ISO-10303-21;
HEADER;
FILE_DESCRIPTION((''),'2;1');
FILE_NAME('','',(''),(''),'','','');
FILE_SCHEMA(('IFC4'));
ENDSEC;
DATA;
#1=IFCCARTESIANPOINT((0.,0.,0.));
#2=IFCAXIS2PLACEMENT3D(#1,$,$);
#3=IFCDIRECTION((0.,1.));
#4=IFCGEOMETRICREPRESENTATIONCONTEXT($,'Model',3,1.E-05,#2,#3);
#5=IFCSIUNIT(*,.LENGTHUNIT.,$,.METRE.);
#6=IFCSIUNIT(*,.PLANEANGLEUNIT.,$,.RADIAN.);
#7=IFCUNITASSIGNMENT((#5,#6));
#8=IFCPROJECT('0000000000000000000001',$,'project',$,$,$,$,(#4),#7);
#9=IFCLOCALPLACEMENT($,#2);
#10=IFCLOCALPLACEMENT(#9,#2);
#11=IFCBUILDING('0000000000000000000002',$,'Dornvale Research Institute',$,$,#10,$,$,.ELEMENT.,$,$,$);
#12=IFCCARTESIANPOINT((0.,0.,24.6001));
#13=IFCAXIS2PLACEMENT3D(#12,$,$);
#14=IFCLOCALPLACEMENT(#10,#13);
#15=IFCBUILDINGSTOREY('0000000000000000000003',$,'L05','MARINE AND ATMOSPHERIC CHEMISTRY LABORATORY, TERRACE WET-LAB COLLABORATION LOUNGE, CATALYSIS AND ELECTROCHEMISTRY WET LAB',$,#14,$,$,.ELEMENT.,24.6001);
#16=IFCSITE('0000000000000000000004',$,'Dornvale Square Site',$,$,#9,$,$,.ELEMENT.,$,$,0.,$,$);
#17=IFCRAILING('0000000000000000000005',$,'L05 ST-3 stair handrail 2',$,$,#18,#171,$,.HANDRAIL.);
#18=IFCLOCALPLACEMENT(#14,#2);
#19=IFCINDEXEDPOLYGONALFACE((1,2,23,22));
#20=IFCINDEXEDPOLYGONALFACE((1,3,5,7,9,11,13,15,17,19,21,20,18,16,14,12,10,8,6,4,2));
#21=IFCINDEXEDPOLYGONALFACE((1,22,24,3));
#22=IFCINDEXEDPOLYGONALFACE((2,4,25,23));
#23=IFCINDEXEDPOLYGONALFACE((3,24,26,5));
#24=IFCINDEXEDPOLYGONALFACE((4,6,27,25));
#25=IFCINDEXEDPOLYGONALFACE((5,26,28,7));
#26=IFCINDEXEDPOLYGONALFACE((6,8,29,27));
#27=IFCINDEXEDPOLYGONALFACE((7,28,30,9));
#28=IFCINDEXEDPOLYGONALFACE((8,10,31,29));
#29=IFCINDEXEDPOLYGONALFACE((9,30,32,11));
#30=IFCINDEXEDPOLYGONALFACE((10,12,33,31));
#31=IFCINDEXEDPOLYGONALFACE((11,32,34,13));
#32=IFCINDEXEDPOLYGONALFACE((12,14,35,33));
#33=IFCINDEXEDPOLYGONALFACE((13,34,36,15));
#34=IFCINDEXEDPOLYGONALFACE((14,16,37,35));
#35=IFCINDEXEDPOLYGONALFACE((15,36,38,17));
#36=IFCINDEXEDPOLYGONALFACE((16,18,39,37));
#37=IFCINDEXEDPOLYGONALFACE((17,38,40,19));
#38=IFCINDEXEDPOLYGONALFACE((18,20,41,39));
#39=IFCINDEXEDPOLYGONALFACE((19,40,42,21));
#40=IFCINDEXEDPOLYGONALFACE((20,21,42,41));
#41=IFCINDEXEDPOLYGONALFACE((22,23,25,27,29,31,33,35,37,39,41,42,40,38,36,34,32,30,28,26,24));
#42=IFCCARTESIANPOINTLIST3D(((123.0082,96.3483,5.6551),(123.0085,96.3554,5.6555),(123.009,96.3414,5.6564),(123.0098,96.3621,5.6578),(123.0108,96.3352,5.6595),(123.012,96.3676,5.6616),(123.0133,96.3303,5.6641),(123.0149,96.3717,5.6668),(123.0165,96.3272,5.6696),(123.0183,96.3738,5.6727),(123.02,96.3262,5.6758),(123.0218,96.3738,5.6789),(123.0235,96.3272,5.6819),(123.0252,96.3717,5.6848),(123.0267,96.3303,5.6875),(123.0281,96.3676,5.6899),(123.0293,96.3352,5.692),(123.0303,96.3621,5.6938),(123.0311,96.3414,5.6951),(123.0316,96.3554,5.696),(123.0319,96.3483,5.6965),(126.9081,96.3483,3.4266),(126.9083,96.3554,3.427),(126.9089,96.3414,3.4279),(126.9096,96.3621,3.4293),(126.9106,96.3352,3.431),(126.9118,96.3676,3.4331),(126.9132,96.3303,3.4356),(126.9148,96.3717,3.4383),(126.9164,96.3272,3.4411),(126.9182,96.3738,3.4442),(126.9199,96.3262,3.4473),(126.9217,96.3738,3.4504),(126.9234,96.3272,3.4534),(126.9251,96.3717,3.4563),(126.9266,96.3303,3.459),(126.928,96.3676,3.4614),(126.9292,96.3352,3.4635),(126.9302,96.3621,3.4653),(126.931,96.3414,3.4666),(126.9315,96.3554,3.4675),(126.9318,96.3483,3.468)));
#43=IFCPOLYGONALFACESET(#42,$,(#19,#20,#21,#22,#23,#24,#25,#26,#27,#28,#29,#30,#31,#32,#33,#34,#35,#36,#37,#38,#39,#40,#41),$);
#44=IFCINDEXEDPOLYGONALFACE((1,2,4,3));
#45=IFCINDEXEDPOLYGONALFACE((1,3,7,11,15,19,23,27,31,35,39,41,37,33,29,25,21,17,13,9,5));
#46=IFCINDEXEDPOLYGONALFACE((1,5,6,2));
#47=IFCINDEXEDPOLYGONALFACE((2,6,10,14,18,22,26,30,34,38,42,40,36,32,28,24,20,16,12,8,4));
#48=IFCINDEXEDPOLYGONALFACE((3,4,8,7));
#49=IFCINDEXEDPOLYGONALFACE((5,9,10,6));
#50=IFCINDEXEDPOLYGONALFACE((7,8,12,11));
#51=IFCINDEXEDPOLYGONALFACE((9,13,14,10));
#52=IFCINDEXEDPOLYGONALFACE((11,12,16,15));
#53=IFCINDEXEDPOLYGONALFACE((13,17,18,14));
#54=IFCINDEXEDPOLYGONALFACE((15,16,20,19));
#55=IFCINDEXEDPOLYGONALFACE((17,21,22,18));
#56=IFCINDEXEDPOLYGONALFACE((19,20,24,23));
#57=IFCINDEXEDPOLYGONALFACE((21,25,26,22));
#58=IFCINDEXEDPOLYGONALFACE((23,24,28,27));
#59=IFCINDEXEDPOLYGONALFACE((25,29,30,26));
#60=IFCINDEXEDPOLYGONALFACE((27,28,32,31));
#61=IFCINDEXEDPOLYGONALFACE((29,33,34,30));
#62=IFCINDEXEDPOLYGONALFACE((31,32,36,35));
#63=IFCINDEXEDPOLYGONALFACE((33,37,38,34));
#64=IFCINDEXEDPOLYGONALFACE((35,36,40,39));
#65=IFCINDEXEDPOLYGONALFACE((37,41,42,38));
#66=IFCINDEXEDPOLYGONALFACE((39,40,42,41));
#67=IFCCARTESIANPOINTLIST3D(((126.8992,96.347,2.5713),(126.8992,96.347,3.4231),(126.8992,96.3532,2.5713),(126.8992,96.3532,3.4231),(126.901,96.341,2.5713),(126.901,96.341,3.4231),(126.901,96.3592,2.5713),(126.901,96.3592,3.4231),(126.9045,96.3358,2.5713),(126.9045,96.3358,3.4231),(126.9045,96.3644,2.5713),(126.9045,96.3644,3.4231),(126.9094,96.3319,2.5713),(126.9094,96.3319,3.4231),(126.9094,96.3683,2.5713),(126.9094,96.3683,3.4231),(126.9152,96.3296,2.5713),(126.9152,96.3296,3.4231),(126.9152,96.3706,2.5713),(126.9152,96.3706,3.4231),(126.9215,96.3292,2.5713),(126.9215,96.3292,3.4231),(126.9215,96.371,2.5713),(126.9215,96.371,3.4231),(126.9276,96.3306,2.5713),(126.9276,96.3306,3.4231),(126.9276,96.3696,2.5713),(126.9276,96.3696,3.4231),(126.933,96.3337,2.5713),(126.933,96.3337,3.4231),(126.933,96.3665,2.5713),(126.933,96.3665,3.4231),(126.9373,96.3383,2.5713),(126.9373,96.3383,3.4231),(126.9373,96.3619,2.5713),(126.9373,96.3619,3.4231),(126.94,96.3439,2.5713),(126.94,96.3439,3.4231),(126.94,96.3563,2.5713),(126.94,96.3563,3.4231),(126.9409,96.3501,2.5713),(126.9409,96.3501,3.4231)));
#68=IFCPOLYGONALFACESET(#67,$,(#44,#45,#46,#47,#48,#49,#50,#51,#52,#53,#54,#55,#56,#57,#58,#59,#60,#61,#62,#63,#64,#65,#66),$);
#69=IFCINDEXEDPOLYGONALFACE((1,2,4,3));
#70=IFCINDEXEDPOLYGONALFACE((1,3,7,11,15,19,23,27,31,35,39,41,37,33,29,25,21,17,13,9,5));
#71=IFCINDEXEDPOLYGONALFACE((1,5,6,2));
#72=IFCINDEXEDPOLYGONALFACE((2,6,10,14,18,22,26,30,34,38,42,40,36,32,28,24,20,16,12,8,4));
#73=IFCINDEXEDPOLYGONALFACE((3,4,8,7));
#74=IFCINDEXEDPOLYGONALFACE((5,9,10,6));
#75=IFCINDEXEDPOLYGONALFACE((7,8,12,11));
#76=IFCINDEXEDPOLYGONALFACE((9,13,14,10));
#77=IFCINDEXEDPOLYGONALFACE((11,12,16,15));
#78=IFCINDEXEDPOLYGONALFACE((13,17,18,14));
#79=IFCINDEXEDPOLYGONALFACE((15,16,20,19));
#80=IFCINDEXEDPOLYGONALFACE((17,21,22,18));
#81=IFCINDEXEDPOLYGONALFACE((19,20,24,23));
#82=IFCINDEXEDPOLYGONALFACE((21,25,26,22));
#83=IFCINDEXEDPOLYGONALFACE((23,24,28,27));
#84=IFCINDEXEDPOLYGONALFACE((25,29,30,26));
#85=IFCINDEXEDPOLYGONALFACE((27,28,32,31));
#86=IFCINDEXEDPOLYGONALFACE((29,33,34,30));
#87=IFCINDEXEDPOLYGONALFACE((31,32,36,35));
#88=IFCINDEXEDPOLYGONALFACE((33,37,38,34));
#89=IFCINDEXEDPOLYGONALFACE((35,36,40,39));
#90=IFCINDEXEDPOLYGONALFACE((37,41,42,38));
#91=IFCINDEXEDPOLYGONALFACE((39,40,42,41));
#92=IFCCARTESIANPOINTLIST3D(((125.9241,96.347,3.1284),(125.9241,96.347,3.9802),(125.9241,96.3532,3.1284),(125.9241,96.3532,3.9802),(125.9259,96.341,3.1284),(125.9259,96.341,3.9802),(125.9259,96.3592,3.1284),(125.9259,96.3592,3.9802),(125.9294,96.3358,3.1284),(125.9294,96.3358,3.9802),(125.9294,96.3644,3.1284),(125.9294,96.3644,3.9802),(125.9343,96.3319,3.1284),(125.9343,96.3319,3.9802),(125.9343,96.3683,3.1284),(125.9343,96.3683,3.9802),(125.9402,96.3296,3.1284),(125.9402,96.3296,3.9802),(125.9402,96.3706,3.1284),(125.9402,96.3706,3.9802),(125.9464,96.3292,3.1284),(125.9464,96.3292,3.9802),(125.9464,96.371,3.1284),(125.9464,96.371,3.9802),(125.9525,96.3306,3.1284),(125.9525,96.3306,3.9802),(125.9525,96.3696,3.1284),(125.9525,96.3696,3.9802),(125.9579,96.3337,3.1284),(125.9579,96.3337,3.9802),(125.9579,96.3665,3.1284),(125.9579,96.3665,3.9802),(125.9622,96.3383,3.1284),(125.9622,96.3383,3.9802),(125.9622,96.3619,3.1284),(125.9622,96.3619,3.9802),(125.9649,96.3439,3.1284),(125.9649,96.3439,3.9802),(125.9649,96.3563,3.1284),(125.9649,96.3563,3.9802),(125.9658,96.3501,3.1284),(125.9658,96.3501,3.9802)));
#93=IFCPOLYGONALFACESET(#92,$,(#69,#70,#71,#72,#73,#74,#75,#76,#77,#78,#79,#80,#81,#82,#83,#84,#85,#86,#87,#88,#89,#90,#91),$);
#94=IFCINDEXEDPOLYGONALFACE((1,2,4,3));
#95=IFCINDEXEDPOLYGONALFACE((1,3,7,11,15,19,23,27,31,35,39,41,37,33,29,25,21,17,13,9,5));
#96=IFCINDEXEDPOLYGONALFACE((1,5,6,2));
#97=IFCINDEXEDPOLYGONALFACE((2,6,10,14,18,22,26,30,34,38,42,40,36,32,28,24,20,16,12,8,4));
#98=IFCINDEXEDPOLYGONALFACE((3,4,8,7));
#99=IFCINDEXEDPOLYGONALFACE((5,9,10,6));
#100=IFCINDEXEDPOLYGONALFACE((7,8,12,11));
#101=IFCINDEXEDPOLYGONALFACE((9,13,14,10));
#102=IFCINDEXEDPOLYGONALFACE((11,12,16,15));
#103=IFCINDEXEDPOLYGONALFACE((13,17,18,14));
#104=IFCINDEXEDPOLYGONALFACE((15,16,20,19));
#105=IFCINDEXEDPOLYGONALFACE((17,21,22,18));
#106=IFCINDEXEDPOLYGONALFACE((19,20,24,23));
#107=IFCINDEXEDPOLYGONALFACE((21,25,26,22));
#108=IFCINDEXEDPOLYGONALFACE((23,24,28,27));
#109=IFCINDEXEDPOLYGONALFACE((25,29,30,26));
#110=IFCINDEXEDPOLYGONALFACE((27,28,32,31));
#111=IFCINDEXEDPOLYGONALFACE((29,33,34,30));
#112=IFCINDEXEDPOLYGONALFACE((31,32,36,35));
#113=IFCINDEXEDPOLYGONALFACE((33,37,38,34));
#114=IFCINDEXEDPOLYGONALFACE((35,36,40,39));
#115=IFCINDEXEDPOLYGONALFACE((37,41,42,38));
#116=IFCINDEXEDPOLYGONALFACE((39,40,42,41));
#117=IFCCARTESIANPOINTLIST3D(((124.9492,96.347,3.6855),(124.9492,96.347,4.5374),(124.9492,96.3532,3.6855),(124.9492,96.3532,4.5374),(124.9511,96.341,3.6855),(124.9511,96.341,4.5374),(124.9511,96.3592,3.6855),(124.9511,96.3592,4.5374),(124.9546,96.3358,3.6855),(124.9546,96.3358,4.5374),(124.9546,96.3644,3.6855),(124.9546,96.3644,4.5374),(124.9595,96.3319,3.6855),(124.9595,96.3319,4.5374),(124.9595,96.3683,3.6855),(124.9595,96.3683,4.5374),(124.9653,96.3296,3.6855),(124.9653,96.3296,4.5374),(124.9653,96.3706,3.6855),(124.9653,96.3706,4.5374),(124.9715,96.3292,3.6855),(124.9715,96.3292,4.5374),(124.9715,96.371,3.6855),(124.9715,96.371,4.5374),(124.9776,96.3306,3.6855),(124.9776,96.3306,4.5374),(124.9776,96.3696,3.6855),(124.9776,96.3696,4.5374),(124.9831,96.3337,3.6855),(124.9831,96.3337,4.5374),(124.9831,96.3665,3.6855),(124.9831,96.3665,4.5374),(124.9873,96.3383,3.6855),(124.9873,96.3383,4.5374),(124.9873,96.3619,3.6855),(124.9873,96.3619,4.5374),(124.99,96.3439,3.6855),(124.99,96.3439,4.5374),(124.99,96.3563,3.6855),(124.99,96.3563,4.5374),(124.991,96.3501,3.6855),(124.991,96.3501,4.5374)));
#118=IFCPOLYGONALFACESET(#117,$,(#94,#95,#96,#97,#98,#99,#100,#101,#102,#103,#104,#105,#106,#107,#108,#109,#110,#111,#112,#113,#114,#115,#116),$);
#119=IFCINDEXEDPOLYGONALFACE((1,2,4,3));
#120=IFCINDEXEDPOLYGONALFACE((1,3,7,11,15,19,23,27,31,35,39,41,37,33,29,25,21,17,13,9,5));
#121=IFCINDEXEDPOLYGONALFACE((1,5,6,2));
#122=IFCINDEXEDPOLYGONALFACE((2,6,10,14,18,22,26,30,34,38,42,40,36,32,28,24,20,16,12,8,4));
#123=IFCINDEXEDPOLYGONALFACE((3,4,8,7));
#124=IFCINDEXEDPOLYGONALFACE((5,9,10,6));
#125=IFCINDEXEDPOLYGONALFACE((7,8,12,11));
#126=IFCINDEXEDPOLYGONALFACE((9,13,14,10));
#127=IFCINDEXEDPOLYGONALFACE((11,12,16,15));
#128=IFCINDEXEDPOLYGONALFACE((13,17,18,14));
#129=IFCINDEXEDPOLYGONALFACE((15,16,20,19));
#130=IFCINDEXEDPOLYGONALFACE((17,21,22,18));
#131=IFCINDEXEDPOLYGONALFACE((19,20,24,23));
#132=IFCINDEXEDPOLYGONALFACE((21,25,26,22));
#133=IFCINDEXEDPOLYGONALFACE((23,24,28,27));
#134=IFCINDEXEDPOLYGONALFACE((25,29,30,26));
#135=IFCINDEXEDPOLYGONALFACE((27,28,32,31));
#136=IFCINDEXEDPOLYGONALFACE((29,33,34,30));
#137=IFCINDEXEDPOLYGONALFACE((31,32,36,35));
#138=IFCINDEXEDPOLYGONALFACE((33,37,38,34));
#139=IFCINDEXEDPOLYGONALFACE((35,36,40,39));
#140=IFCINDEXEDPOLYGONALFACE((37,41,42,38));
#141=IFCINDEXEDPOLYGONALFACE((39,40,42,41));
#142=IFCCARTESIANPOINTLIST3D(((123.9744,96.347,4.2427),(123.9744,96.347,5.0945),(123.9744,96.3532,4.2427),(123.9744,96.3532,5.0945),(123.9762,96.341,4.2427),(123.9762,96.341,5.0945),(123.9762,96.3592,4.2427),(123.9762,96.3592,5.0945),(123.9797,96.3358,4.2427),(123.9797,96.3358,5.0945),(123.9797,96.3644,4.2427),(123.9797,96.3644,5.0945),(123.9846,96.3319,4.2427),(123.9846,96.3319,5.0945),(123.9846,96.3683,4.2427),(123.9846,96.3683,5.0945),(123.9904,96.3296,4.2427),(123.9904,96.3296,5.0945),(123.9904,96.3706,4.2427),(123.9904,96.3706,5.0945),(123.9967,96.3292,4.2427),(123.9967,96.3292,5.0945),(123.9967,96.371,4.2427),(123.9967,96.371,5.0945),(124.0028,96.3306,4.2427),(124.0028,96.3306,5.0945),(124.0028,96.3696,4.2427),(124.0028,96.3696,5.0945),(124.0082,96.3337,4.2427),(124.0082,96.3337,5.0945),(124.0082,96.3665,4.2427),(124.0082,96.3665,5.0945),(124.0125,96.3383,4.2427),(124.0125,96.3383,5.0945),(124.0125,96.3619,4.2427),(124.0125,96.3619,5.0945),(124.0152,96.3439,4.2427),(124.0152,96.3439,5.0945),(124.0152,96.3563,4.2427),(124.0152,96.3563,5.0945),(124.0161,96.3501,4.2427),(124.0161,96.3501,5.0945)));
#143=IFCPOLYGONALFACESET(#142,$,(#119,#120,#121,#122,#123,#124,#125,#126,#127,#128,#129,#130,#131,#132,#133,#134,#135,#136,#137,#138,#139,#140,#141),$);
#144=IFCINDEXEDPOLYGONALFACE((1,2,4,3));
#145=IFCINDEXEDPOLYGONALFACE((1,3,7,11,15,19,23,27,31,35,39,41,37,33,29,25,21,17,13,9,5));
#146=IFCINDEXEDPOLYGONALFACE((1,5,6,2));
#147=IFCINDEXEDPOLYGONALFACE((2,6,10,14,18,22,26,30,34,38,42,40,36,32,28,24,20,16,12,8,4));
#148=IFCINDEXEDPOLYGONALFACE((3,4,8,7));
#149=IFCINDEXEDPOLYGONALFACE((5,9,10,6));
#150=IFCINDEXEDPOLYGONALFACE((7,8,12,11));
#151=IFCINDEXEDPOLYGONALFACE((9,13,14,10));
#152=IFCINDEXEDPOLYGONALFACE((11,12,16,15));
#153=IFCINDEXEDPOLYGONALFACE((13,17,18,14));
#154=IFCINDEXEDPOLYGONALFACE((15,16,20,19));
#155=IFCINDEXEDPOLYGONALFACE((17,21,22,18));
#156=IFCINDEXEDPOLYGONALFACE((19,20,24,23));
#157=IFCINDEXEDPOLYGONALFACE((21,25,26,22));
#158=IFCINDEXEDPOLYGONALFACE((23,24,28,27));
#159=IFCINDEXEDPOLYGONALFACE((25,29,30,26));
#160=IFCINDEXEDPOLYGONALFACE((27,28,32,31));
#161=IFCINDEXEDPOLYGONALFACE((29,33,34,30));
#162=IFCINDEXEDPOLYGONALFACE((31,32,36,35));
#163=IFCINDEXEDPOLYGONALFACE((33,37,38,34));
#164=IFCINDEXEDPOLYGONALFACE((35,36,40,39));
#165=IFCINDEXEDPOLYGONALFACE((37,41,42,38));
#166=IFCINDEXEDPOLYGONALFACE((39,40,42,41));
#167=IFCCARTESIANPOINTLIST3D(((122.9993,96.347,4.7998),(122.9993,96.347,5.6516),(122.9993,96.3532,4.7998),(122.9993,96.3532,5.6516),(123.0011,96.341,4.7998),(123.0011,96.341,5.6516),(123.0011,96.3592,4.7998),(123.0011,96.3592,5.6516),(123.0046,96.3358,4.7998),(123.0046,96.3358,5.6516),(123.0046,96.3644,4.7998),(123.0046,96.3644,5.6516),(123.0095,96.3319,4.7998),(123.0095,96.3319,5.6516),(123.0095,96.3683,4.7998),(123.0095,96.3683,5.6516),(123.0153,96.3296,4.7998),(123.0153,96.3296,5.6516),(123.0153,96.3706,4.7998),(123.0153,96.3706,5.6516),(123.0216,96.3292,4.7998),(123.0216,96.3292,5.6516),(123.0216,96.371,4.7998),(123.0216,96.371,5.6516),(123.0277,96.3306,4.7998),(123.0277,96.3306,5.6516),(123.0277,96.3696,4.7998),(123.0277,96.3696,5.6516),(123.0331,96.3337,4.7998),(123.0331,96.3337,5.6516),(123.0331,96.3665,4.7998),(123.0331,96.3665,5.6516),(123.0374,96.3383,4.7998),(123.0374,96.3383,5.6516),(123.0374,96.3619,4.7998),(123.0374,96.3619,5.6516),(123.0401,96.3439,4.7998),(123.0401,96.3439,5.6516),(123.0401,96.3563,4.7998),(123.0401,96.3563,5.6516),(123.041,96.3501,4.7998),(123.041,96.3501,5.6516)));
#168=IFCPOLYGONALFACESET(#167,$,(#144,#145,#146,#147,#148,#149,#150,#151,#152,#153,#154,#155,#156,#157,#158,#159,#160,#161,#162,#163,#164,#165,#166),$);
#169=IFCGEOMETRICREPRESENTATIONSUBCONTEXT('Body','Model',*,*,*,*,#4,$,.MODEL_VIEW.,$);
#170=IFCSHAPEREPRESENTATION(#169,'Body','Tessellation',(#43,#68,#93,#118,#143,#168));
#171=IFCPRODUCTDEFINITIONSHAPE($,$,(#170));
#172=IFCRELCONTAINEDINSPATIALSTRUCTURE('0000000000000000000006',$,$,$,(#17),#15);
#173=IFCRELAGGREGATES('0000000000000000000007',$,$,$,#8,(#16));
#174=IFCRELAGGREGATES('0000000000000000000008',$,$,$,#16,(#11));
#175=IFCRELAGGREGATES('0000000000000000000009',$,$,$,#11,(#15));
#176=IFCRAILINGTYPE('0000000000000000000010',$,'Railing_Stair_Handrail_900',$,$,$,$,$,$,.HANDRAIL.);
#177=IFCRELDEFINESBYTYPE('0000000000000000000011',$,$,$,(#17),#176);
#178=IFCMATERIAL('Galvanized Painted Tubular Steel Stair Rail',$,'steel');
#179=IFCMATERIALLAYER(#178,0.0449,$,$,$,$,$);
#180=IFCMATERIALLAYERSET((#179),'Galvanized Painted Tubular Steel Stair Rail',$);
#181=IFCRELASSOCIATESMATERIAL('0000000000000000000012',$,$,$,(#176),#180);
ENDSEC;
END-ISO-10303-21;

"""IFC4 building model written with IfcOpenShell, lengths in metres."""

from ifc_helpers import new_model, si_unit, direction, frame, origin, origin_2d, place, context, subcontext, project, spatial, circle, extrude, material, layer, layer_set, type_object, element, save


model = new_model("IFC4")

# Units and contexts
model_context = context("Model", 3, precision=1e-05, world=origin(), true_north=direction((0.0, 1.0)))
body_context = subcontext(model_context, "Body", "Model", "MODEL_VIEW")
ifc_project = project(units=[si_unit("LENGTHUNIT", "METRE"), si_unit("PLANEANGLEUNIT", "RADIAN")], contexts=[model_context])

# Site, building, storey
site_placement = place(None, origin())
site = spatial("IfcSite", under=ifc_project, at=site_placement, Name="Dornvale Square Site", CompositionType="ELEMENT", RefElevation=0.0)
building_placement = place(site_placement, origin())
building = spatial("IfcBuilding", under=site, at=building_placement, Name="Dornvale Research Institute", CompositionType="ELEMENT")
storey_placement = place(building_placement, frame((0.0, 0.0, 24.6001)))
storey = spatial("IfcBuildingStorey", under=building, at=storey_placement, Name="L05", Description="MARINE AND ATMOSPHERIC CHEMISTRY LABORATORY, TERRACE WET-LAB COLLABORATION LOUNGE, CATALYSIS AND ELECTROCHEMISTRY WET LAB", CompositionType="ELEMENT", Elevation=24.6001)

# Railing
ifc_material_1 = material(Name="Galvanized Painted Tubular Steel Stair Rail", Category="steel")
ifc_layer_1 = layer(ifc_material_1, 0.0449)
ifc_layer_set_1 = layer_set([ifc_layer_1], Name="Galvanized Painted Tubular Steel Stair Rail")
railing_type_1 = type_object("IfcRailingType", Name="Railing_Stair_Handrail_900", PredefinedType="HANDRAIL", material=ifc_layer_set_1)
railing_1_placement = place(storey_placement, frame((126.9199, 96.3501, 2.5713)))
element("IfcRailing", 1, at=railing_1_placement, inside=storey, type_object=railing_type_1, Name="L05 ST-3 stair handrail 2", PredefinedType="HANDRAIL", context=body_context, shape_type="SweptSolid", body=[
    extrude(circle(Radius=0.0239, at=origin_2d()), frame((0.0, 0.0, 0.876), z_axis=(-0.868243, 0.0, 0.496139), x_axis=(0.0, -1.0, 0.0)), (0.0, 0.0, 1.0), 4.4917),
    extrude(circle(Radius=0.021, at=origin_2d()), origin(), (0.0, 0.0, 1.0), 0.8518),
    extrude(circle(Radius=0.021, at=origin_2d()), frame((-0.9751, 0.0, 0.5571)), (0.0, 0.0, 1.0), 0.8518),
    extrude(circle(Radius=0.021, at=origin_2d()), frame((-1.95, 0.0, 1.1143)), (0.0, 0.0, 1.0), 0.8518),
    extrude(circle(Radius=0.021, at=origin_2d()), frame((-2.9248, 0.0, 1.6714)), (0.0, 0.0, 1.0), 0.8518),
    extrude(circle(Radius=0.021, at=origin_2d()), frame((-3.8999, 0.0, 2.2285)), (0.0, 0.0, 1.0), 0.8518),
])

save(model, "model.ifc")
